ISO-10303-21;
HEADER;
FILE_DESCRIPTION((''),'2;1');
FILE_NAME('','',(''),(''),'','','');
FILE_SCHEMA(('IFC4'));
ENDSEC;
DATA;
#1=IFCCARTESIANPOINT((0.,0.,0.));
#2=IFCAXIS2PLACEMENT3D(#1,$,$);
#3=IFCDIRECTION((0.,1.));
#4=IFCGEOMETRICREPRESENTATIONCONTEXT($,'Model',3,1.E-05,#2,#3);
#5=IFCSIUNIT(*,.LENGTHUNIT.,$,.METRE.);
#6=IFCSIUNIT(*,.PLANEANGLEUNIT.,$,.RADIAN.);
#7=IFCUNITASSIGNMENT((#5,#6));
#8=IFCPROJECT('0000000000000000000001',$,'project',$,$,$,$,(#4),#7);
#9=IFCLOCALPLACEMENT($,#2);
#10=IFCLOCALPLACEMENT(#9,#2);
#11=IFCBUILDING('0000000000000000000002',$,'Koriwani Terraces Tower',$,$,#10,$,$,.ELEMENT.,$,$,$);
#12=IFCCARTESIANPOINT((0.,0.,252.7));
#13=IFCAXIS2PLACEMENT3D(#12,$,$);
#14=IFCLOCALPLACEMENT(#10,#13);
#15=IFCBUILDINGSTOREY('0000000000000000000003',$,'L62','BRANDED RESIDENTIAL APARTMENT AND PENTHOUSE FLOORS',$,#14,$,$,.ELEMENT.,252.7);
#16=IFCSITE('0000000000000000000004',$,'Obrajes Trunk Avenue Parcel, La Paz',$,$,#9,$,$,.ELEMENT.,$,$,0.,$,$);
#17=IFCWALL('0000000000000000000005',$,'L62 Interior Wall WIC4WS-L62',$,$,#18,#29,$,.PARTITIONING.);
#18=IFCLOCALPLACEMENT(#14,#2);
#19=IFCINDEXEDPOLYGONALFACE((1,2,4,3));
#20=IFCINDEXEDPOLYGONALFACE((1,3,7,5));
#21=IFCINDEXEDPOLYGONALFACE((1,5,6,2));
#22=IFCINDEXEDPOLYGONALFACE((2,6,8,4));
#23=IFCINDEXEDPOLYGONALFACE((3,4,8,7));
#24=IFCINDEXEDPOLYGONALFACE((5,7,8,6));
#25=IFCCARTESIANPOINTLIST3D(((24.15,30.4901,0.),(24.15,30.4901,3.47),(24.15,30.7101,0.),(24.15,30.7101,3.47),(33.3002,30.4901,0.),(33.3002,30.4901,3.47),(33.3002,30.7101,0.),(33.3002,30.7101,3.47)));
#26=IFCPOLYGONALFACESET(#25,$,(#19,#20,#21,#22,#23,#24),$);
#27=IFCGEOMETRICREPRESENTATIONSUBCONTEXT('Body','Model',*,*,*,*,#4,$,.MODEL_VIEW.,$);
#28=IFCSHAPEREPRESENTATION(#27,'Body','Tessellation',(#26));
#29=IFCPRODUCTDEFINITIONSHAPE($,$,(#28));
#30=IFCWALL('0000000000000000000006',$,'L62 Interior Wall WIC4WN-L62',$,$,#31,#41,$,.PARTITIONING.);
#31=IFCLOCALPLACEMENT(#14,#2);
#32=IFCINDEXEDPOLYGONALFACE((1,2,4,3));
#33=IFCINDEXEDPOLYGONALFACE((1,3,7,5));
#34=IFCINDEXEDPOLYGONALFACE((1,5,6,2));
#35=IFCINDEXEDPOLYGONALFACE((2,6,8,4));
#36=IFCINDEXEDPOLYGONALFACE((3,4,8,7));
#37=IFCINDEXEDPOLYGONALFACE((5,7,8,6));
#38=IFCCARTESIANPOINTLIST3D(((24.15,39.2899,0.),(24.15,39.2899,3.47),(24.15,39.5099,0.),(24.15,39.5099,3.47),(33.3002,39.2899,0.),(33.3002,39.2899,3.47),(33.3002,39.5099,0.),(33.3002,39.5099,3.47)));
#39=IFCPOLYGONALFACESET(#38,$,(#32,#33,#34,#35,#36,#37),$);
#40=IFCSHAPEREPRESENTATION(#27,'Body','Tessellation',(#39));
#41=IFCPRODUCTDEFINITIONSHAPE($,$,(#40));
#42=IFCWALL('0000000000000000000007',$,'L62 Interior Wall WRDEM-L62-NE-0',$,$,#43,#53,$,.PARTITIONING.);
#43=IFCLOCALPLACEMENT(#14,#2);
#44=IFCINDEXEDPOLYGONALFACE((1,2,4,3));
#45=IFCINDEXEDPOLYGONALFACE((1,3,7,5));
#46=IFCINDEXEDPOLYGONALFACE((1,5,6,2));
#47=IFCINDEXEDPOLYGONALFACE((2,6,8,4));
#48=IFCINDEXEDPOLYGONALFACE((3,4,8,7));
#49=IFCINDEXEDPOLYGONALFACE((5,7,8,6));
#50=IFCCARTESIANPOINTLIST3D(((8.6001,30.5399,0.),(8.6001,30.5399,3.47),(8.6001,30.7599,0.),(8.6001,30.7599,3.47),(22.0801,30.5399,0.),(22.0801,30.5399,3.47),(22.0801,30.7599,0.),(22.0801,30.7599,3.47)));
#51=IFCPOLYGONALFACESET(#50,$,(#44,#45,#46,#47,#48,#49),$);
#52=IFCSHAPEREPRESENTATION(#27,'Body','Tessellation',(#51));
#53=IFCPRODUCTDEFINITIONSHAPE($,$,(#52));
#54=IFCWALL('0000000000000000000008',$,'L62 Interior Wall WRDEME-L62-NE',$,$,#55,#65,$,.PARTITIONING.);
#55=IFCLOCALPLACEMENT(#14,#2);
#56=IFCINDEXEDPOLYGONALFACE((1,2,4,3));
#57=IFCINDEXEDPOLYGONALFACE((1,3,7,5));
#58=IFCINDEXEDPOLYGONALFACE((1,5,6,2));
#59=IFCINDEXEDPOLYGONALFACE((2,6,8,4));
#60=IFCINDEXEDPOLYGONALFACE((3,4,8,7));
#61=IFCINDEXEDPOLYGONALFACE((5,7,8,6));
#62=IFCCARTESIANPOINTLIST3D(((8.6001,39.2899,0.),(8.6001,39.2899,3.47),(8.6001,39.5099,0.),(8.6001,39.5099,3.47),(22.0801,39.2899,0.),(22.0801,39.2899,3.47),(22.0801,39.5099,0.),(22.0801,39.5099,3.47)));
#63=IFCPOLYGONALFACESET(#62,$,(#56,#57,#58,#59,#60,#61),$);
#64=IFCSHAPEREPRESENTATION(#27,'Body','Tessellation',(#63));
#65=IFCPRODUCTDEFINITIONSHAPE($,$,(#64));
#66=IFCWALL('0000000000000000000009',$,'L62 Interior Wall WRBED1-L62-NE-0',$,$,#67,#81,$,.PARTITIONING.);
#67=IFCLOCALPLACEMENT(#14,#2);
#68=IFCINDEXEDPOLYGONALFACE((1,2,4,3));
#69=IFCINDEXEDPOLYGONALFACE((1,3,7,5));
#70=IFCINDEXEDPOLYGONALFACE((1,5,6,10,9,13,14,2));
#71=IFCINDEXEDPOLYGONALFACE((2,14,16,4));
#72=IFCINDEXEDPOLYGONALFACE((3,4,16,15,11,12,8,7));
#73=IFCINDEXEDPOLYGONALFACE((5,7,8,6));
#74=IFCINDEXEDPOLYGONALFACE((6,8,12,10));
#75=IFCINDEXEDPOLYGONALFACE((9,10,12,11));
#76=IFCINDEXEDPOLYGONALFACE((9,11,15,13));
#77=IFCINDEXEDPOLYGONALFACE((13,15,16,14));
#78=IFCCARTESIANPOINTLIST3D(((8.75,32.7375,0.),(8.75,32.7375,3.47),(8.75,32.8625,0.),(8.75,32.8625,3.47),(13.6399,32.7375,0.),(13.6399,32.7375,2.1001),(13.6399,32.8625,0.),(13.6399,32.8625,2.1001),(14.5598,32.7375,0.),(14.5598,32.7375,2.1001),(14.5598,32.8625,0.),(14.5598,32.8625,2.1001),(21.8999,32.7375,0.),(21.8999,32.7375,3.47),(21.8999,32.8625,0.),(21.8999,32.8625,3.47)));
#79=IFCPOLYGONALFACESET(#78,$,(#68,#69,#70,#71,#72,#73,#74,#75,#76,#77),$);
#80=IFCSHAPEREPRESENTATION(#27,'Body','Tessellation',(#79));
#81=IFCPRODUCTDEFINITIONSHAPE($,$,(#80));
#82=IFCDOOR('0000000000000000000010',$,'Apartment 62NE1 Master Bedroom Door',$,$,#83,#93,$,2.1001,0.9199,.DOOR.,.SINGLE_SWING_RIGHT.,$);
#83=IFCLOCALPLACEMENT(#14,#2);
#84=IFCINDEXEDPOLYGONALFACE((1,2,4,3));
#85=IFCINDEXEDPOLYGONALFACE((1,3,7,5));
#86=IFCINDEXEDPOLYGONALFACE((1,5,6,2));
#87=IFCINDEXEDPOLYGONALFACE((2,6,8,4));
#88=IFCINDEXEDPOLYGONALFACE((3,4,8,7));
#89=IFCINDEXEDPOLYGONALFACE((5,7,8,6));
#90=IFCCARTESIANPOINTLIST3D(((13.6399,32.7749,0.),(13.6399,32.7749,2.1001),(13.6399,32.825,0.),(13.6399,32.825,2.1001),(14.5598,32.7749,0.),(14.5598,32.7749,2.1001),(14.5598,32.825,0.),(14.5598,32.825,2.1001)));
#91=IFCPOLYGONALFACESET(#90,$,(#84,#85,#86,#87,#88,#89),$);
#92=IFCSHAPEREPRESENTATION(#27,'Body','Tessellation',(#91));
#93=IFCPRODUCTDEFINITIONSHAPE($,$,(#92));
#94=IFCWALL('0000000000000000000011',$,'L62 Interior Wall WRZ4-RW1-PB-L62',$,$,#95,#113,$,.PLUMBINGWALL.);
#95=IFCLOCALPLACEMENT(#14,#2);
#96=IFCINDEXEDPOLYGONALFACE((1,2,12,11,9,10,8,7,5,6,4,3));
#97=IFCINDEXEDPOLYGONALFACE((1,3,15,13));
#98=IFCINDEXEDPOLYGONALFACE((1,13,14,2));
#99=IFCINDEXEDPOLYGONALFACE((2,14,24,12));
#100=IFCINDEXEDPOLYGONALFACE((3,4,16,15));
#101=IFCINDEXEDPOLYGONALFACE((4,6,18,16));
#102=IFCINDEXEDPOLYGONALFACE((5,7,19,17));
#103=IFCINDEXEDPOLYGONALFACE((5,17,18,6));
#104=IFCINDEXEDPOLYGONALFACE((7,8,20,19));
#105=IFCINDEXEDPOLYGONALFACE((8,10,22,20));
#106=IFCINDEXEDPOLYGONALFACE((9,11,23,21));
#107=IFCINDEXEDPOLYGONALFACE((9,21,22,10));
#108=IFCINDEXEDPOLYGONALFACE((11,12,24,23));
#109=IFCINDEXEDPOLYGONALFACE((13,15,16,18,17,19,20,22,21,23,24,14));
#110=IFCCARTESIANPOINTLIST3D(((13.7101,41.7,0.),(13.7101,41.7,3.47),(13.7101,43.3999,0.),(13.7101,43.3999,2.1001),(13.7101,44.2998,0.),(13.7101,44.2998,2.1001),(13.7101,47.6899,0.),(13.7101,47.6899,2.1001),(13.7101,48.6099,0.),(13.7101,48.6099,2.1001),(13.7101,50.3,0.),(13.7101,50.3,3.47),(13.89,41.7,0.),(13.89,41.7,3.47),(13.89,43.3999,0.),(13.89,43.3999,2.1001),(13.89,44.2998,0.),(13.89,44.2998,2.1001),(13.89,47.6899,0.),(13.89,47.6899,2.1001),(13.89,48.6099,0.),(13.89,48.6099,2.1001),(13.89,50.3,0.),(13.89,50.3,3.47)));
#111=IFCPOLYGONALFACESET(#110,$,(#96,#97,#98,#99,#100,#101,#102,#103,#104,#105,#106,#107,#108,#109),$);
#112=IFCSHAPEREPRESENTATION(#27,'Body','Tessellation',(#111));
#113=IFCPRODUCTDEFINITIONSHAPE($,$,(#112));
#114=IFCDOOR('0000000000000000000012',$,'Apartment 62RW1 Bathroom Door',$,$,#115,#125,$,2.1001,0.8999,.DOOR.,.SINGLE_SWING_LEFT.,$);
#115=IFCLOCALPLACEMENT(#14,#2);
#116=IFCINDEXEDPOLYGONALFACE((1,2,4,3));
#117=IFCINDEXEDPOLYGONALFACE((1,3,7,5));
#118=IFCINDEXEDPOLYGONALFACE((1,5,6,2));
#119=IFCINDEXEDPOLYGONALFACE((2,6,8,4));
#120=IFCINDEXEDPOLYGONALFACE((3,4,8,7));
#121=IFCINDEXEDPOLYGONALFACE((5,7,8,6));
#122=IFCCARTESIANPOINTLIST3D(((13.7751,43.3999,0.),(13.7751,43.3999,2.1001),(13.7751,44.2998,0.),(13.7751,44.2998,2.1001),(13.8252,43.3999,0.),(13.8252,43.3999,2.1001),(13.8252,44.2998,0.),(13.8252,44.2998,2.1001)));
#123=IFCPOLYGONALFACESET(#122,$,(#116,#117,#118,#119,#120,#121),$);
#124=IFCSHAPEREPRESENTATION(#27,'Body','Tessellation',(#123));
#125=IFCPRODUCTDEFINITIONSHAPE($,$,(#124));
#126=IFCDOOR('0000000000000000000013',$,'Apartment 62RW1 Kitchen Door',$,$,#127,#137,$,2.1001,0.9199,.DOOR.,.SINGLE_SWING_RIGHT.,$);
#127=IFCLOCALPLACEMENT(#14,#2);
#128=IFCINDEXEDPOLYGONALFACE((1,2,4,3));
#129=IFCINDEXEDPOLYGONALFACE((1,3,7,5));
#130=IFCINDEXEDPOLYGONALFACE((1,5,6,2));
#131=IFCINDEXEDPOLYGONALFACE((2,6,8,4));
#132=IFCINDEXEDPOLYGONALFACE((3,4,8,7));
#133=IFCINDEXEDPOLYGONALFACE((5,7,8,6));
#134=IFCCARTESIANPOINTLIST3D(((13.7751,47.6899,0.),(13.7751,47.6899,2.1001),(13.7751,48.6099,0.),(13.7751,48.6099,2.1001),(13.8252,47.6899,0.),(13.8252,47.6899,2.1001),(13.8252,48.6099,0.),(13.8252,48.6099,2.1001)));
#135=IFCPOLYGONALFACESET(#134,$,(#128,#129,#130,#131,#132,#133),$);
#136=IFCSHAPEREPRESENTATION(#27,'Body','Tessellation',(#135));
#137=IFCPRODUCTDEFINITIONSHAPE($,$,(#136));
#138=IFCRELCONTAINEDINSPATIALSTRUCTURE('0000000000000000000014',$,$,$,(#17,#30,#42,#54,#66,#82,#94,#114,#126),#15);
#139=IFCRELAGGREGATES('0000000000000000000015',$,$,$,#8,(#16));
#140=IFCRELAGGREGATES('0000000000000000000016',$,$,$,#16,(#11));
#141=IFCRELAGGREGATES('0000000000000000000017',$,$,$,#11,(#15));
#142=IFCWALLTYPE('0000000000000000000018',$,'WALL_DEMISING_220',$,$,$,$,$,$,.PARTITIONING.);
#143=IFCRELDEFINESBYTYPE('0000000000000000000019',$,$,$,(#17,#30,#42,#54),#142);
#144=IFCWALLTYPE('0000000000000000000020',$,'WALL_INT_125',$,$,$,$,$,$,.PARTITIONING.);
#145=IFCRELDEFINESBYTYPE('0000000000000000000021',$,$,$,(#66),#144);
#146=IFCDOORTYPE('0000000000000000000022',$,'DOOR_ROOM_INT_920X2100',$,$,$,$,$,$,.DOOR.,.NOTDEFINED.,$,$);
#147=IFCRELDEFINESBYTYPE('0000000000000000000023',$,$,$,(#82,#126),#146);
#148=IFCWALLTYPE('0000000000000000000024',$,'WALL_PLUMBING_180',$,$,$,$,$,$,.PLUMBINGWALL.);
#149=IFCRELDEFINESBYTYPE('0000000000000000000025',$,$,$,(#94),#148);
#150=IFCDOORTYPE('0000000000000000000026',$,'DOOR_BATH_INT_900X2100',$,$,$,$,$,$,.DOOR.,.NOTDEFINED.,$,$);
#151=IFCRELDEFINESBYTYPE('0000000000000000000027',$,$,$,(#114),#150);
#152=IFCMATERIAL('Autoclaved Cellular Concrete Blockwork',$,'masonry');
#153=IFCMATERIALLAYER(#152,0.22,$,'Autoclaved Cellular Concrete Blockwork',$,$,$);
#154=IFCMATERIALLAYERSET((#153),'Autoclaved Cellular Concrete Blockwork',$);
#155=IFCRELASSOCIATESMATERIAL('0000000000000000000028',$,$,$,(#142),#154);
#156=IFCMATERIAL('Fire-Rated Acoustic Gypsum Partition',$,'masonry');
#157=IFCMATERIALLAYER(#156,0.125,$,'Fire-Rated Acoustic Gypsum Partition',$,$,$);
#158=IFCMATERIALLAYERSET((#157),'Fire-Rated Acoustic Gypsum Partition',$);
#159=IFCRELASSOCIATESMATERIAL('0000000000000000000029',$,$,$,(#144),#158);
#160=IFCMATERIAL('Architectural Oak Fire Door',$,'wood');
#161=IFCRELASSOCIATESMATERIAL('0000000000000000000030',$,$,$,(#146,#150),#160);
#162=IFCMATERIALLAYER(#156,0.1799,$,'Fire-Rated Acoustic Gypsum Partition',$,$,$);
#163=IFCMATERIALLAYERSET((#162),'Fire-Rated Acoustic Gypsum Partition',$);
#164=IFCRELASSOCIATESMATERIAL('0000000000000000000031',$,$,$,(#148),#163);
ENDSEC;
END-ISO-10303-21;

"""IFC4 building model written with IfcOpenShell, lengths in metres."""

from ifc_helpers import new_model, si_unit, direction, frame, frame_2d, origin, place, context, subcontext, project, spatial, rectangle, extrude, material, layer, layer_set, type_object, element, fill, save


model = new_model("IFC4")

# Units and contexts
model_context = context("Model", 3, precision=1e-05, world=origin(), true_north=direction((0.0, 1.0)))
body_context = subcontext(model_context, "Body", "Model", "MODEL_VIEW")
ifc_project = project(units=[si_unit("LENGTHUNIT", "METRE"), si_unit("PLANEANGLEUNIT", "RADIAN")], contexts=[model_context])

# Site, building, storey
site_placement = place(None, origin())
site = spatial("IfcSite", under=ifc_project, at=site_placement, Name="Obrajes Trunk Avenue Parcel, La Paz", CompositionType="ELEMENT", RefElevation=0.0)
building_placement = place(site_placement, origin())
building = spatial("IfcBuilding", under=site, at=building_placement, Name="Koriwani Terraces Tower", CompositionType="ELEMENT")
storey_placement = place(building_placement, frame((0.0, 0.0, 252.7)))
storey = spatial("IfcBuildingStorey", under=building, at=storey_placement, Name="L62", Description="BRANDED RESIDENTIAL APARTMENT AND PENTHOUSE FLOORS", CompositionType="ELEMENT", Elevation=252.7)

# Shared definitions
ifc_material_1 = material(Name="Autoclaved Cellular Concrete Blockwork", Category="masonry")
ifc_material_2 = material(Name="Architectural Oak Fire Door", Category="wood")

# Walls
ifc_layer_1 = layer(ifc_material_1, 0.22, Name="Autoclaved Cellular Concrete Blockwork")
ifc_layer_set_1 = layer_set([ifc_layer_1], Name="Autoclaved Cellular Concrete Blockwork")
wall_type_1 = type_object("IfcWallType", Name="WALL_DEMISING_220", PredefinedType="PARTITIONING", material=ifc_layer_set_1)
for number, where, z_axis, x_axis, name in (
    (1, (24.1499, 30.6001, 0.0), (0.0, 0.0, 1.0), (1.0, 0.0, 0.0), "L62 Interior Wall WIC4WS-L62"),
    (2, (24.1499, 39.3999, 0.0), (0.0, 0.0, 1.0), (1.0, 0.0, 0.0), "L62 Interior Wall WIC4WN-L62"),
):
    element("IfcWall", number, at=place(storey_placement, frame(where, z_axis=z_axis, x_axis=x_axis)), inside=storey, type_object=wall_type_1, Name=name, PredefinedType="PARTITIONING", context=body_context, shape_type="SweptSolid", body=[
        extrude(rectangle(XDim=9.1501, YDim=0.22, at=frame_2d((4.5752, 0.0))), origin(), (0.0, 0.0, 1.0), 3.47),
    ])
for number, where, z_axis, x_axis, name in (
    (3, (8.6001, 30.6499, 0.0), (0.0, 0.0, 1.0), (1.0, 0.0, 0.0), "L62 Interior Wall WRDEM-L62-NE-0"),
    (4, (8.6001, 39.3999, 0.0), (0.0, 0.0, 1.0), (1.0, 0.0, 0.0), "L62 Interior Wall WRDEME-L62-NE"),
):
    element("IfcWall", number, at=place(storey_placement, frame(where, z_axis=z_axis, x_axis=x_axis)), inside=storey, type_object=wall_type_1, Name=name, PredefinedType="PARTITIONING", context=body_context, shape_type="SweptSolid", body=[
        extrude(rectangle(XDim=13.48, YDim=0.22, at=frame_2d((6.74, 0.0))), origin(), (0.0, 0.0, 1.0), 3.47),
    ])

# Wall, opening, door
ifc_material_3 = material(Name="Fire-Rated Acoustic Gypsum Partition", Category="masonry")
ifc_layer_2 = layer(ifc_material_3, 0.125, Name="Fire-Rated Acoustic Gypsum Partition")
ifc_layer_set_2 = layer_set([ifc_layer_2], Name="Fire-Rated Acoustic Gypsum Partition")
wall_type_2 = type_object("IfcWallType", Name="WALL_INT_125", PredefinedType="PARTITIONING", material=ifc_layer_set_2)
wall_1_placement = place(storey_placement, frame((8.75, 32.8, 0.0), z_axis=(0.0, 0.0, 1.0), x_axis=(1.0, 0.0, 0.0)))
wall_1 = element("IfcWall", 5, at=wall_1_placement, inside=storey, type_object=wall_type_2, Name="L62 Interior Wall WRBED1-L62-NE-0", PredefinedType="PARTITIONING", context=body_context, shape_type="SweptSolid", body=[
    extrude(rectangle(XDim=13.1499, YDim=0.125, at=frame_2d((6.575, 0.0))), origin(), (0.0, 0.0, 1.0), 3.47),
])
opening_1_placement = place(wall_1_placement, frame((4.8899, 0.0, 0.0)))
opening_1 = element("IfcOpeningElement", 6, at=opening_1_placement, cuts=wall_1, PredefinedType="OPENING", context=body_context, shape_type="SweptSolid", body=[
    extrude(rectangle(XDim=0.9199, YDim=2.1001, at=frame_2d((0.46, 1.05))), frame((0.0, 0.0725, 0.0), z_axis=(0.0, -1.0, 0.0), x_axis=(1.0, 0.0, 0.0)), (0.0, 0.0, 1.0), 0.145),
])
door_type_1 = type_object("IfcDoorType", Name="DOOR_ROOM_INT_920X2100", OperationType="NOTDEFINED", PredefinedType="DOOR", material=ifc_material_2)
door_1_placement = place(opening_1_placement, origin())
door_1 = element("IfcDoor", 7, at=door_1_placement, inside=storey, type_object=door_type_1, Name="Apartment 62NE1 Master Bedroom Door", OperationType="SINGLE_SWING_RIGHT", OverallHeight=2.1001, OverallWidth=0.9199, PredefinedType="DOOR", context=body_context, shape_type="SweptSolid", body=[
    extrude(rectangle(XDim=0.9199, YDim=2.1001, at=frame_2d((0.46, 1.05))), frame((0.0, 0.0249, 0.0), z_axis=(0.0, -1.0, 0.0), x_axis=(1.0, 0.0, 0.0)), (0.0, 0.0, 1.0), 0.05),
])
fill(opening_1, door_1)

# Wall, openings, doors
ifc_layer_3 = layer(ifc_material_3, 0.1799, Name="Fire-Rated Acoustic Gypsum Partition")
ifc_layer_set_3 = layer_set([ifc_layer_3], Name="Fire-Rated Acoustic Gypsum Partition")
wall_type_3 = type_object("IfcWallType", Name="WALL_PLUMBING_180", PredefinedType="PLUMBINGWALL", material=ifc_layer_set_3)
wall_2_placement = place(storey_placement, frame((13.8, 41.7, 0.0), z_axis=(0.0, 0.0, 1.0), x_axis=(0.0, 1.0, 0.0)))
wall_2 = element("IfcWall", 8, at=wall_2_placement, inside=storey, type_object=wall_type_3, Name="L62 Interior Wall WRZ4-RW1-PB-L62", PredefinedType="PLUMBINGWALL", context=body_context, shape_type="SweptSolid", body=[
    extrude(rectangle(XDim=8.6001, YDim=0.1799, at=frame_2d((4.3, 0.0))), origin(), (0.0, 0.0, 1.0), 3.47),
])
opening_2_placement = place(wall_2_placement, frame((1.7, 0.0, 0.0)))
opening_2 = element("IfcOpeningElement", 9, at=opening_2_placement, cuts=wall_2, PredefinedType="OPENING", context=body_context, shape_type="SweptSolid", body=[
    extrude(rectangle(XDim=0.8999, YDim=2.1001, at=frame_2d((0.45, 1.05))), frame((0.0, 0.1001, 0.0), z_axis=(0.0, -1.0, 0.0), x_axis=(1.0, 0.0, 0.0)), (0.0, 0.0, 1.0), 0.2),
])
opening_3_placement = place(wall_2_placement, frame((5.99, 0.0, 0.0)))
opening_3 = element("IfcOpeningElement", 10, at=opening_3_placement, cuts=wall_2, PredefinedType="OPENING", context=body_context, shape_type="SweptSolid", body=[
    extrude(rectangle(XDim=0.9199, YDim=2.1001, at=frame_2d((0.46, 1.05))), frame((0.0, 0.1001, 0.0), z_axis=(0.0, -1.0, 0.0), x_axis=(1.0, 0.0, 0.0)), (0.0, 0.0, 1.0), 0.2),
])
door_type_2 = type_object("IfcDoorType", Name="DOOR_BATH_INT_900X2100", OperationType="NOTDEFINED", PredefinedType="DOOR", material=ifc_material_2)
door_2_placement = place(opening_2_placement, origin())
door_2 = element("IfcDoor", 11, at=door_2_placement, inside=storey, type_object=door_type_2, Name="Apartment 62RW1 Bathroom Door", OperationType="SINGLE_SWING_LEFT", OverallHeight=2.1001, OverallWidth=0.8999, PredefinedType="DOOR", context=body_context, shape_type="SweptSolid", body=[
    extrude(rectangle(XDim=0.8999, YDim=2.1001, at=frame_2d((0.45, 1.05))), frame((0.0, 0.0249, 0.0), z_axis=(0.0, -1.0, 0.0), x_axis=(1.0, 0.0, 0.0)), (0.0, 0.0, 1.0), 0.05),
])
fill(opening_2, door_2)
door_3_placement = place(opening_3_placement, origin())
door_3 = element("IfcDoor", 12, at=door_3_placement, inside=storey, type_object=door_type_1, Name="Apartment 62RW1 Kitchen Door", OperationType="SINGLE_SWING_RIGHT", OverallHeight=2.1001, OverallWidth=0.9199, PredefinedType="DOOR", context=body_context, shape_type="SweptSolid", body=[
    extrude(rectangle(XDim=0.9199, YDim=2.1001, at=frame_2d((0.46, 1.05))), frame((0.0, 0.0249, 0.0), z_axis=(0.0, -1.0, 0.0), x_axis=(1.0, 0.0, 0.0)), (0.0, 0.0, 1.0), 0.05),
])
fill(opening_3, door_3)

save(model, "model.ifc")
